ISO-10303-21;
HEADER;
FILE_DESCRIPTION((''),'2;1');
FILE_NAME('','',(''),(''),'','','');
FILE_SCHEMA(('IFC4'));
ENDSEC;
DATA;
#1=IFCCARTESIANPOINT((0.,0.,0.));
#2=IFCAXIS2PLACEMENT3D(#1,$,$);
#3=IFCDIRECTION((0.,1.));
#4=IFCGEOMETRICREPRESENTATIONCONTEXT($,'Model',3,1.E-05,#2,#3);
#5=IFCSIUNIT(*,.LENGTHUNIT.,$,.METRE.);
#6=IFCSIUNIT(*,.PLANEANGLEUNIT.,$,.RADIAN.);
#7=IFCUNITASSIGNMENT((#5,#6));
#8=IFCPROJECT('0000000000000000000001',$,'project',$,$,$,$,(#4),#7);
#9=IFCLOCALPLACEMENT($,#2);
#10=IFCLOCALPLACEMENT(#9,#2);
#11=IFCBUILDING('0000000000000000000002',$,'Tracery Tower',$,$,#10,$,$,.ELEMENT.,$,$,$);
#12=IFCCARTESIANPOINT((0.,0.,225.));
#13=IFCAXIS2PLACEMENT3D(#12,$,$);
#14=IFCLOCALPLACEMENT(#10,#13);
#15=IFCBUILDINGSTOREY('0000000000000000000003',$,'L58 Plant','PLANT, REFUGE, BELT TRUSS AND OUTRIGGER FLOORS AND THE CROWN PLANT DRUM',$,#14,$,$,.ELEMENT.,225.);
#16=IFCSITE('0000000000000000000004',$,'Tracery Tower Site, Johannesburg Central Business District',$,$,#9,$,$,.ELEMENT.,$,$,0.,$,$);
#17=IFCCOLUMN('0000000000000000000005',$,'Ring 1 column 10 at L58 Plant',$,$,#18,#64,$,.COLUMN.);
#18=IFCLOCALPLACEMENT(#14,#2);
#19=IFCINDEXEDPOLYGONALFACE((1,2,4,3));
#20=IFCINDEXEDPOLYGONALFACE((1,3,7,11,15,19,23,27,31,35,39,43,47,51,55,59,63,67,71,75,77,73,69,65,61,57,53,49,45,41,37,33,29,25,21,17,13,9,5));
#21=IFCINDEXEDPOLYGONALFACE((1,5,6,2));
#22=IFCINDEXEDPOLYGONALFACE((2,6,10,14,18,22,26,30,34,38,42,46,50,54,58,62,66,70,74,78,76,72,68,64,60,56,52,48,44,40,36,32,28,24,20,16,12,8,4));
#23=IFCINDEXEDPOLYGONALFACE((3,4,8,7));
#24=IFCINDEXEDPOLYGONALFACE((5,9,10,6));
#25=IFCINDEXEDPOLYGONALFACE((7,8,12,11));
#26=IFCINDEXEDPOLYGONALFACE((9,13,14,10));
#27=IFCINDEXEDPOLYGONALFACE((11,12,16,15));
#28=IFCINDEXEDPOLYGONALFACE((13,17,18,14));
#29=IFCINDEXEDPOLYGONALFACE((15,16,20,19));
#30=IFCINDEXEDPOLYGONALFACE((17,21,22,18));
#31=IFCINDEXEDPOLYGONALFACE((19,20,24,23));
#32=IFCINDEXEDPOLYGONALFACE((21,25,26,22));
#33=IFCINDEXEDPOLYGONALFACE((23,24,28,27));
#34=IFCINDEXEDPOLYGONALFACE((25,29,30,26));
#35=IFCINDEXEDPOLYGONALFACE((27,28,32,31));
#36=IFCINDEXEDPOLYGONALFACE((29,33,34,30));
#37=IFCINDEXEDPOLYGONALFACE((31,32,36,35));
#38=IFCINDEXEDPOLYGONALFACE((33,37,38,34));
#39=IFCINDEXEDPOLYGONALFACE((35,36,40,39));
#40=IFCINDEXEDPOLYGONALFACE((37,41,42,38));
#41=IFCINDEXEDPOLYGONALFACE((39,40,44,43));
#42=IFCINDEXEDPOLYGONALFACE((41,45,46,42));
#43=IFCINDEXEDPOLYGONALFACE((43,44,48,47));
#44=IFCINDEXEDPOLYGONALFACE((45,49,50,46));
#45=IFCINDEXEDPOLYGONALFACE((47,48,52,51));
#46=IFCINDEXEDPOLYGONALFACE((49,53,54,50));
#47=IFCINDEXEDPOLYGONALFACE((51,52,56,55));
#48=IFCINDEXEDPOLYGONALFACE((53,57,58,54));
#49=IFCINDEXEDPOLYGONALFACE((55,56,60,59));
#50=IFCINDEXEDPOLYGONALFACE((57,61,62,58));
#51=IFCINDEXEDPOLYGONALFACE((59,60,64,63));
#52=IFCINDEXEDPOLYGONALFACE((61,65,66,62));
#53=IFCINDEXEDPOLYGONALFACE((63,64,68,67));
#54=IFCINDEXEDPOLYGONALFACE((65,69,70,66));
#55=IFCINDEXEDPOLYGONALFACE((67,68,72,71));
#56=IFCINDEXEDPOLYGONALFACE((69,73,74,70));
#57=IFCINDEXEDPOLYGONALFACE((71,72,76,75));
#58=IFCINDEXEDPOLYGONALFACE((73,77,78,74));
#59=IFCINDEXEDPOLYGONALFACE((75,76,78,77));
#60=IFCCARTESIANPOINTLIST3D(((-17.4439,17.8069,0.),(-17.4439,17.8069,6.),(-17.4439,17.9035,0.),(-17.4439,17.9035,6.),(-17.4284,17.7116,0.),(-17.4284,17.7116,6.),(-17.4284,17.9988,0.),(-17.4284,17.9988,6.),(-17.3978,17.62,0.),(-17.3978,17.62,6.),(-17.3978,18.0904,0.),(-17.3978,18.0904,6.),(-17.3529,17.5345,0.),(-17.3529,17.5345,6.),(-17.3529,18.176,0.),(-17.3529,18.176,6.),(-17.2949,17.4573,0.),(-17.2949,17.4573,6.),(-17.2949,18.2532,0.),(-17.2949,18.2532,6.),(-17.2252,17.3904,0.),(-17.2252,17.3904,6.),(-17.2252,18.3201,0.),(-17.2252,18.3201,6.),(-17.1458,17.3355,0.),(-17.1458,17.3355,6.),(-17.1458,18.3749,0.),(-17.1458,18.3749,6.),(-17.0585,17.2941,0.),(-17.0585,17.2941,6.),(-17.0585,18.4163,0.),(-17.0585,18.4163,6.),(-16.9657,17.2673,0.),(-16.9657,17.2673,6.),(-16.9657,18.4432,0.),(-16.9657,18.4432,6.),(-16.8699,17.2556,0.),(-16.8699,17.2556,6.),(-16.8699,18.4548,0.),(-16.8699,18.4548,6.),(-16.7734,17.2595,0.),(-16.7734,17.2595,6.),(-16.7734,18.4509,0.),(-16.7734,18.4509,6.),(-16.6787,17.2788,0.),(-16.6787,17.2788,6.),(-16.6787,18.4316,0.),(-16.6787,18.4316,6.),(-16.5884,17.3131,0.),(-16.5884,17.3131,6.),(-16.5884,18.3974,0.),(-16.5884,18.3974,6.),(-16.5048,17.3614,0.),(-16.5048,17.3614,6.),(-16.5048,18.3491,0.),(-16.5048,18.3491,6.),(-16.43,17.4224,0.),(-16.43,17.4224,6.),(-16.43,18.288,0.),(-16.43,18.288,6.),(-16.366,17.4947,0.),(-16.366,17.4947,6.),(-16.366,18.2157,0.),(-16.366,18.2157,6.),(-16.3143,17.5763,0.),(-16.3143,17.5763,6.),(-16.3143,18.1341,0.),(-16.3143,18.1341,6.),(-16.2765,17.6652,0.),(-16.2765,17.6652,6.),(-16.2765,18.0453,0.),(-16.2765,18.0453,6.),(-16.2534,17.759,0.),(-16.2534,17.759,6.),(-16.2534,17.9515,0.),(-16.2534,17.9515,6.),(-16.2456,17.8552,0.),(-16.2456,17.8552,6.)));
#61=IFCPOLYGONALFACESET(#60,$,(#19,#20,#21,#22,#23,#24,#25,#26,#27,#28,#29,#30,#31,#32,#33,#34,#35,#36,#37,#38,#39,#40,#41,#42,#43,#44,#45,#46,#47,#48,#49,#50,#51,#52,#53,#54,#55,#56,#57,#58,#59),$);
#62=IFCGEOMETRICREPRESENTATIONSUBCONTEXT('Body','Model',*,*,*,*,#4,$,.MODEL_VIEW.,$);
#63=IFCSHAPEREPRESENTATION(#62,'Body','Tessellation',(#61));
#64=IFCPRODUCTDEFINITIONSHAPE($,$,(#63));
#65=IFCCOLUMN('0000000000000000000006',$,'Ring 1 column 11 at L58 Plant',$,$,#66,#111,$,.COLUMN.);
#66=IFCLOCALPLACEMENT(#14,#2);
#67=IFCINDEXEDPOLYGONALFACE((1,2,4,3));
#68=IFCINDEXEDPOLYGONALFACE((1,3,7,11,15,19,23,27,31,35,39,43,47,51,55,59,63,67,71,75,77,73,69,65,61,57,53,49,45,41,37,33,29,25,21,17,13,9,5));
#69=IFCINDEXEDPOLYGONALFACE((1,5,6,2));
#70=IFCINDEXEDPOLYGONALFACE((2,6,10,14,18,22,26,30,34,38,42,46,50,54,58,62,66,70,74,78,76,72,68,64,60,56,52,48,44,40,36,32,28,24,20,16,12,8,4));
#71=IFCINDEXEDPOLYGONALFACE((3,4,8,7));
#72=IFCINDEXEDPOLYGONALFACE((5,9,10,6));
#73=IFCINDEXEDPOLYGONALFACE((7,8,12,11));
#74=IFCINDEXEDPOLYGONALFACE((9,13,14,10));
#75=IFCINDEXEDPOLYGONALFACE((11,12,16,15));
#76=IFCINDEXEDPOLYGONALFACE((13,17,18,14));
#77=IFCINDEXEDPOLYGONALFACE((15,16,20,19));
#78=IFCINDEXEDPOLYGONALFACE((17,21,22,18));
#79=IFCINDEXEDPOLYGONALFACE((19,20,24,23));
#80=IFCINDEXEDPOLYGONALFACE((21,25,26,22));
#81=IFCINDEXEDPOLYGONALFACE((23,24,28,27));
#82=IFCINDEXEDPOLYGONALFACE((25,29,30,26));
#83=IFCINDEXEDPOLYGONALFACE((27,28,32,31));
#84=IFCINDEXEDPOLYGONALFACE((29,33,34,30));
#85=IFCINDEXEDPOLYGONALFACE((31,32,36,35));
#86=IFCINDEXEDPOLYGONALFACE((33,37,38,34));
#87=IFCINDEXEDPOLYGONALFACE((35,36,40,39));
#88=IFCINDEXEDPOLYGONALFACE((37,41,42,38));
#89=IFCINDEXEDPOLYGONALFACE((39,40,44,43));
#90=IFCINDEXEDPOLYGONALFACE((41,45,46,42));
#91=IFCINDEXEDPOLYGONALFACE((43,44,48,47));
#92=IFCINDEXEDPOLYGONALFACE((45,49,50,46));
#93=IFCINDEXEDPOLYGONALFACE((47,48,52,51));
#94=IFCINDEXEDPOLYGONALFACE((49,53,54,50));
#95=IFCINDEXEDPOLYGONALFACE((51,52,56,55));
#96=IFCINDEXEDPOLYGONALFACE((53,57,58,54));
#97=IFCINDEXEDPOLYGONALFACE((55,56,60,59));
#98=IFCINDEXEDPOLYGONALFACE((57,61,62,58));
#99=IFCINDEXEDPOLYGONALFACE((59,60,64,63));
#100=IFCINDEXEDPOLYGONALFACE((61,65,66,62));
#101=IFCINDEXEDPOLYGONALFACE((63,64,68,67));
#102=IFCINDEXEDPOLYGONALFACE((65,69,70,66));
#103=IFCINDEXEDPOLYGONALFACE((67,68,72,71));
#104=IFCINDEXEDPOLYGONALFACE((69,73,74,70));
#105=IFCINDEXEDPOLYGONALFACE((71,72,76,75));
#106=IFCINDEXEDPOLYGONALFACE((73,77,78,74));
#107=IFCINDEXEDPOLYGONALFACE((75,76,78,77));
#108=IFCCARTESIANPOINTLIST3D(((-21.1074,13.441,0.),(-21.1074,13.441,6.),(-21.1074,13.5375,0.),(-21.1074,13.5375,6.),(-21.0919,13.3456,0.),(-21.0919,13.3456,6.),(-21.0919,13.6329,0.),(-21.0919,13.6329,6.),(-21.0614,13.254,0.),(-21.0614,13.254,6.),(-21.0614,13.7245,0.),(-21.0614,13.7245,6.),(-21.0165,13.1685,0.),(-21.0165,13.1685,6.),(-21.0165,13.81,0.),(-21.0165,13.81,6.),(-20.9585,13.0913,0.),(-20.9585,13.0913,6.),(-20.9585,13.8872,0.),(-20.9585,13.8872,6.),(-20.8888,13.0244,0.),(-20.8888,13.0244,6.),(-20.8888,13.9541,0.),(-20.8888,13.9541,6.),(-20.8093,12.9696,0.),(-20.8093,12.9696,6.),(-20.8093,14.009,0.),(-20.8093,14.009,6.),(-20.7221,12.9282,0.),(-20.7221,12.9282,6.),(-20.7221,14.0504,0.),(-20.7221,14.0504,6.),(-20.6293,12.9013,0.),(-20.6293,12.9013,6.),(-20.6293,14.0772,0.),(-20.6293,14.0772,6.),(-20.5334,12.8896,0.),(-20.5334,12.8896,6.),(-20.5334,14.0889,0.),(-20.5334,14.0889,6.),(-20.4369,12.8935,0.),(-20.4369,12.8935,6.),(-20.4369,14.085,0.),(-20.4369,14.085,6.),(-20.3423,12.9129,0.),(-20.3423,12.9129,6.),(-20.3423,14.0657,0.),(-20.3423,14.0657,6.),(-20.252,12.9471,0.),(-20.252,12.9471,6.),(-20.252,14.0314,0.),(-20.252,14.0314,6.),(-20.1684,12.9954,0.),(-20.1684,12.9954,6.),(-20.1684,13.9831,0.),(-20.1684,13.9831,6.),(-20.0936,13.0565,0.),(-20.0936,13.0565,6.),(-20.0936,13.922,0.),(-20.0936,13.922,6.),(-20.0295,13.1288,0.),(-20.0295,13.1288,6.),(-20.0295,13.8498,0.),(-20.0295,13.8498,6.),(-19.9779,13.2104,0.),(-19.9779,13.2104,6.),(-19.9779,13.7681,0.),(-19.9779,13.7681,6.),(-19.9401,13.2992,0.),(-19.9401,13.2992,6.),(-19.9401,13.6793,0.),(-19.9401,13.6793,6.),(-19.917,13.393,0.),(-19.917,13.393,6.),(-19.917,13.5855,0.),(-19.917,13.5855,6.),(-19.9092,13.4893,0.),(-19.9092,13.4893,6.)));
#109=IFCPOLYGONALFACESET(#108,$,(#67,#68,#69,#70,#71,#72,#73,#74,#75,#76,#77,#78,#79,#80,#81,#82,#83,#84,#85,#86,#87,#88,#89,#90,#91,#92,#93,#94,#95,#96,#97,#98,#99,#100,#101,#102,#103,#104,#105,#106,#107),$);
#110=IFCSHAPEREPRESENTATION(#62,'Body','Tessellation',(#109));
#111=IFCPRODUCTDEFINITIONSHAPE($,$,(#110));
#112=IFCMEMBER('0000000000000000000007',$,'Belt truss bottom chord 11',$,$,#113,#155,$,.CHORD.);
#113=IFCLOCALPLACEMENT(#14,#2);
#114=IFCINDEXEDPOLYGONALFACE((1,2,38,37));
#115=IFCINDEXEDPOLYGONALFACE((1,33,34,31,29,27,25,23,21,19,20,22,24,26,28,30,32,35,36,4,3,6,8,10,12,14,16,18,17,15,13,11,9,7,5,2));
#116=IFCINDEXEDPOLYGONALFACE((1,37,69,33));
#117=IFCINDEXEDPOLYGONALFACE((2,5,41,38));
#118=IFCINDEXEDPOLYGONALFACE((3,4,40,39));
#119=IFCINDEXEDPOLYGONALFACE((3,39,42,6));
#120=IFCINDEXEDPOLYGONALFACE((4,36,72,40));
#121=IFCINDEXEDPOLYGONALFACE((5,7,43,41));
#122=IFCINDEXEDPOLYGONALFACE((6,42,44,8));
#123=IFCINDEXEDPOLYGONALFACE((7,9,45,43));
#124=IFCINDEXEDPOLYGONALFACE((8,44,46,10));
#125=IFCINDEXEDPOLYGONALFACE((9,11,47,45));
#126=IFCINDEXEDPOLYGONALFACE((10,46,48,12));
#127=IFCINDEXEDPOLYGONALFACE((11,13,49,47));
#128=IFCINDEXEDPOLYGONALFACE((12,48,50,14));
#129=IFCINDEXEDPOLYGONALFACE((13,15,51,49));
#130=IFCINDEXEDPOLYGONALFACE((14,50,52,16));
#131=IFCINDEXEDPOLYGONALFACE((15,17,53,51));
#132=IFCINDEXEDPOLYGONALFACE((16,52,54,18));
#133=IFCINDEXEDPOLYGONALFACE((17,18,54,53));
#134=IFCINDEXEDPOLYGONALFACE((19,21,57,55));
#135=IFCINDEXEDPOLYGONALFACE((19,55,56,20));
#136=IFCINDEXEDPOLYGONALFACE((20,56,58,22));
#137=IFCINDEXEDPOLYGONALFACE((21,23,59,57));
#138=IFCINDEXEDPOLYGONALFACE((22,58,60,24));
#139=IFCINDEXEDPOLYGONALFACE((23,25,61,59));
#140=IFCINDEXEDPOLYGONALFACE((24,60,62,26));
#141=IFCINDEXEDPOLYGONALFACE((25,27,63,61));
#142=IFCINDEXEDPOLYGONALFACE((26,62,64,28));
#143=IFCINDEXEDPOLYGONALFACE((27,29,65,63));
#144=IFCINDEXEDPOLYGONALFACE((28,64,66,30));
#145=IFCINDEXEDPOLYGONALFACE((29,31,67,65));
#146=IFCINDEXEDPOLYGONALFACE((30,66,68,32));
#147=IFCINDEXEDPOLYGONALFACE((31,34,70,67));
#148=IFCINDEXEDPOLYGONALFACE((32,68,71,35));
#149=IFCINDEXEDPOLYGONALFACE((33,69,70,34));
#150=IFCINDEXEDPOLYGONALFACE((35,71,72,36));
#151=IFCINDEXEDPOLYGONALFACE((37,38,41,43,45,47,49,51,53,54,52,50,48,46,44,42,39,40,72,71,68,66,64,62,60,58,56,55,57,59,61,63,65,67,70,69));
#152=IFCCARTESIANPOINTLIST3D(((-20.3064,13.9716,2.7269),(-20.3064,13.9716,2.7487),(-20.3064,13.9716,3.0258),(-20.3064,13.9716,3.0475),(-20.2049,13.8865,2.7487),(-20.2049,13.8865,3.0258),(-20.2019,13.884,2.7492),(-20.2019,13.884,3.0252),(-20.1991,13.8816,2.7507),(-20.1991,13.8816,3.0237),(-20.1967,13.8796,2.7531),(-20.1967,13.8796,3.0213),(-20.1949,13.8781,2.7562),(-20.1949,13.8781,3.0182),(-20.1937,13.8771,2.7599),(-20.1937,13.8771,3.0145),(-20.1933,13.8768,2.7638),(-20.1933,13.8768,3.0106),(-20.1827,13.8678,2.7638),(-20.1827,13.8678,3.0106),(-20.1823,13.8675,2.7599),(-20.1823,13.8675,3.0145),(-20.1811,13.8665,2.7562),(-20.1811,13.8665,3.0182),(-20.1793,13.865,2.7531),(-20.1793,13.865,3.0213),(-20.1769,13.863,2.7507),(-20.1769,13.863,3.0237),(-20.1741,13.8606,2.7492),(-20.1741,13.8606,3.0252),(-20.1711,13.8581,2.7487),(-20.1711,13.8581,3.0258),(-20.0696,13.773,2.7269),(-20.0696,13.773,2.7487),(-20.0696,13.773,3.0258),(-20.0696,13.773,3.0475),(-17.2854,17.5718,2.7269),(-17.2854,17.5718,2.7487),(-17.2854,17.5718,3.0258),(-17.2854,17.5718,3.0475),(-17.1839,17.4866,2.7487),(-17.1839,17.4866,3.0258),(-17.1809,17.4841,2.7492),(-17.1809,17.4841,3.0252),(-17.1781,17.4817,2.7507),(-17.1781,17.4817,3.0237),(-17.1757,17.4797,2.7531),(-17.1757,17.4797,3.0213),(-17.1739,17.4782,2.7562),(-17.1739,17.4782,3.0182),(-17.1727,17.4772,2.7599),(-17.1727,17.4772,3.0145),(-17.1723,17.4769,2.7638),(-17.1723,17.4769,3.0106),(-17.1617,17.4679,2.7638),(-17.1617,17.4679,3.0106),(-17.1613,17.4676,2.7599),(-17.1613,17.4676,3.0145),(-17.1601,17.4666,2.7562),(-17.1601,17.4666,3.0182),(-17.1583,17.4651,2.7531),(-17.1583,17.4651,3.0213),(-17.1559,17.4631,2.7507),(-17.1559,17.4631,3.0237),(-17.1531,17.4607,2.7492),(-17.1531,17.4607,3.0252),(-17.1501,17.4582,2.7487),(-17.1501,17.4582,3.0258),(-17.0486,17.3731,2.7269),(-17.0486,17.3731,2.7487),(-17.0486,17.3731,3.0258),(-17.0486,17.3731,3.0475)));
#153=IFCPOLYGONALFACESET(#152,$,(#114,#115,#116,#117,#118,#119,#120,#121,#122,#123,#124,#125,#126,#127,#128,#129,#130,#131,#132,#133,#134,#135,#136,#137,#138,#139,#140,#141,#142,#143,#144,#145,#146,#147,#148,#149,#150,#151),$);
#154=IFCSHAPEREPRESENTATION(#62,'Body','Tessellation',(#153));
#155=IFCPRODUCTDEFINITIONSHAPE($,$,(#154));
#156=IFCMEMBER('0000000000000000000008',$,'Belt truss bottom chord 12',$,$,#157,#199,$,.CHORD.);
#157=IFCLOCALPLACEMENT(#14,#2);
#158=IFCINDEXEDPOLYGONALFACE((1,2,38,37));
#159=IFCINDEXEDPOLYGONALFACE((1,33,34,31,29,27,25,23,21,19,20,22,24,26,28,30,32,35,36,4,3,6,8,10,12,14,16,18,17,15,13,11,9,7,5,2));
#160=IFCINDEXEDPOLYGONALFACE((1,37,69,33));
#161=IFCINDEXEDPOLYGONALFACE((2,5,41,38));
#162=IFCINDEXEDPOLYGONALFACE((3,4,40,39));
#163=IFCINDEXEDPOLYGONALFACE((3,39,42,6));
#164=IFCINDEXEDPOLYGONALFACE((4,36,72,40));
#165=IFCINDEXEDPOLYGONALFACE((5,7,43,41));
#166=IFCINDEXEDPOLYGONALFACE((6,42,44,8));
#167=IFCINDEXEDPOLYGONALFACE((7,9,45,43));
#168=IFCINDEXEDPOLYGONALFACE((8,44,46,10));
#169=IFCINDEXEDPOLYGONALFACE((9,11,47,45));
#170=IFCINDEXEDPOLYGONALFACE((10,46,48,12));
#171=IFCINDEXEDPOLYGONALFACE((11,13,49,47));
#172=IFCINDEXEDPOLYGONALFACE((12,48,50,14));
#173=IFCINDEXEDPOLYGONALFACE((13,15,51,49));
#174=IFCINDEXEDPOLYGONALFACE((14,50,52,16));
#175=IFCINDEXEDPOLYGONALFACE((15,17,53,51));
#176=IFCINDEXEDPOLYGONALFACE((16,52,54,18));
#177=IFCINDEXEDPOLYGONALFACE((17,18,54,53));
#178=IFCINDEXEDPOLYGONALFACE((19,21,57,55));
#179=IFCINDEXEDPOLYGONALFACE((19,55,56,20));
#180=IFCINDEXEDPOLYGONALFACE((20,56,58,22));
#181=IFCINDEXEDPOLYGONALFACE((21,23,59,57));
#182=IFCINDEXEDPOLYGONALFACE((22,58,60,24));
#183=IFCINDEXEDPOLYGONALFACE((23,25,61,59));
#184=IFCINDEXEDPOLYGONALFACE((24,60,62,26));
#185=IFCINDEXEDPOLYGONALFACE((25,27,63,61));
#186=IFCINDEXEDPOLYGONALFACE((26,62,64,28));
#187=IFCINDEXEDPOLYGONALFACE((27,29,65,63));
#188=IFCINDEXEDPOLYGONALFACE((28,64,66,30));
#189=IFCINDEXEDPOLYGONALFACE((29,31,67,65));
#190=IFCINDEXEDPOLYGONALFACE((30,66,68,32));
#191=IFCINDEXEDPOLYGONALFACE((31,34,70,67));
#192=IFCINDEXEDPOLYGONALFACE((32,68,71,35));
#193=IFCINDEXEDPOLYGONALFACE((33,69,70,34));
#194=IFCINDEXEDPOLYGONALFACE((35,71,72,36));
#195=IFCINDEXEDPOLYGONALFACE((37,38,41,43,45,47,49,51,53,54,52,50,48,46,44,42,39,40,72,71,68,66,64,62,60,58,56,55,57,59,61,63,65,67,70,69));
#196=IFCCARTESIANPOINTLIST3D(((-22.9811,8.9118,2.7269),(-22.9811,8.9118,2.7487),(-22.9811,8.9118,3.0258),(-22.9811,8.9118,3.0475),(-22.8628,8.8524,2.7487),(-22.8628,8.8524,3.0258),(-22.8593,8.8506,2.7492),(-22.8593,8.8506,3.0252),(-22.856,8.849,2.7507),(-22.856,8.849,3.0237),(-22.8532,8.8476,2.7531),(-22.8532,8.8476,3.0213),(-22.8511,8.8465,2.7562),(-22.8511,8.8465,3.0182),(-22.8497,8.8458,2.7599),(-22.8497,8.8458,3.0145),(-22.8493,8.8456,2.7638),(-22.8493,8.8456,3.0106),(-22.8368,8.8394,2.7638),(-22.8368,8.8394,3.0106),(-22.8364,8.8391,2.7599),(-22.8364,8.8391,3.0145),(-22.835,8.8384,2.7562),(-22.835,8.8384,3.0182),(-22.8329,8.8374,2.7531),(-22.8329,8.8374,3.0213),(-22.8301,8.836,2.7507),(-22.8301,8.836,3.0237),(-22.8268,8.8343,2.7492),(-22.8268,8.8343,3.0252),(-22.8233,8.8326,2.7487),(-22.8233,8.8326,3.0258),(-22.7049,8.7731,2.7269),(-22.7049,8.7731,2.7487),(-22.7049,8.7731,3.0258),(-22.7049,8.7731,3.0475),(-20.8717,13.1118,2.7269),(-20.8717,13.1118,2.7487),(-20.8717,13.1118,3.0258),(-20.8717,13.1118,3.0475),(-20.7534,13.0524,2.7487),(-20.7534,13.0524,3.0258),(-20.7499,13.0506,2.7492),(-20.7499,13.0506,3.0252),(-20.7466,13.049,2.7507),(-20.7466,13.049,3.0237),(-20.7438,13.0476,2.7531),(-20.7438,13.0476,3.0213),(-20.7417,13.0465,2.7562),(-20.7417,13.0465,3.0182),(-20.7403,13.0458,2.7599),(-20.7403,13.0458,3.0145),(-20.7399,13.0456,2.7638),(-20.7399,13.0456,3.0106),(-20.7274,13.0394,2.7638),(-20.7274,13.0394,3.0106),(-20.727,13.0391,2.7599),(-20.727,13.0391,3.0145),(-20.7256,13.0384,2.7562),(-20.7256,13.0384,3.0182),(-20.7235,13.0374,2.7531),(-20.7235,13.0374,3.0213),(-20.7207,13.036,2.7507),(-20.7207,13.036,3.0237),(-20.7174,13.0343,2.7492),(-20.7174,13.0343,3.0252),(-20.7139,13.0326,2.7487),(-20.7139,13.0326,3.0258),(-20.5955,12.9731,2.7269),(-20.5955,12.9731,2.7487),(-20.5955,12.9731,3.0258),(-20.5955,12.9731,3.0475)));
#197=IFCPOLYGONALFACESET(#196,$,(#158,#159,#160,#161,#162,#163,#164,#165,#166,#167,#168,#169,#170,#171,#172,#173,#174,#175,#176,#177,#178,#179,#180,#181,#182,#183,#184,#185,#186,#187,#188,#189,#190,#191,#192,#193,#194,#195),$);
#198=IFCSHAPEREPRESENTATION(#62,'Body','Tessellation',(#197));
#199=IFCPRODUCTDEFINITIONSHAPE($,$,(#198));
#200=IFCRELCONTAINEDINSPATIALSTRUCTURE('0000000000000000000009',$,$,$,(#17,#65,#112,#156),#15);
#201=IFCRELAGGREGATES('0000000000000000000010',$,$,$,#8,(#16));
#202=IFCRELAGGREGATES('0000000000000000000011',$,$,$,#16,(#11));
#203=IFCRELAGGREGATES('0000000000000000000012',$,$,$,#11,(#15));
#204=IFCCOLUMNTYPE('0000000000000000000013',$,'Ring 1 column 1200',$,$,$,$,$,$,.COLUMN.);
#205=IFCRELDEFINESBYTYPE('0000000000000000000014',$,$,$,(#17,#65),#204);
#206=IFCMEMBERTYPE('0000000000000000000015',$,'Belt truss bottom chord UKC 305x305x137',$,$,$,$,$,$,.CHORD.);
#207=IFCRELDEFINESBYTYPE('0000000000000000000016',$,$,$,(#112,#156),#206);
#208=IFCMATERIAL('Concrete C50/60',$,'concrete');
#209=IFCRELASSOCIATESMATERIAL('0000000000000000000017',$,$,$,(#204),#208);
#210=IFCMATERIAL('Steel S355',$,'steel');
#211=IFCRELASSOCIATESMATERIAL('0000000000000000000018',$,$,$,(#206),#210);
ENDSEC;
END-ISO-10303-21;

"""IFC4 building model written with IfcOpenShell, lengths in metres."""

from ifc_helpers import new_model, si_unit, direction, frame, origin, origin_2d, place, context, subcontext, project, spatial, circle, i_section, extrude, material, material_profile, profile_set, type_object, element, save


model = new_model("IFC4")

# Units and contexts
model_context = context("Model", 3, precision=1e-05, world=origin(), true_north=direction((0.0, 1.0)))
body_context = subcontext(model_context, "Body", "Model", "MODEL_VIEW")
ifc_project = project(units=[si_unit("LENGTHUNIT", "METRE"), si_unit("PLANEANGLEUNIT", "RADIAN")], contexts=[model_context])

# Site, building, storey
site_placement = place(None, origin())
site = spatial("IfcSite", under=ifc_project, at=site_placement, Name="Tracery Tower Site, Johannesburg Central Business District", CompositionType="ELEMENT", RefElevation=0.0)
building_placement = place(site_placement, origin())
building = spatial("IfcBuilding", under=site, at=building_placement, Name="Tracery Tower", CompositionType="ELEMENT")
storey_placement = place(building_placement, frame((0.0, 0.0, 225.0)))
storey = spatial("IfcBuildingStorey", under=building, at=storey_placement, Name="L58 Plant", Description="PLANT, REFUGE, BELT TRUSS AND OUTRIGGER FLOORS AND THE CROWN PLANT DRUM", CompositionType="ELEMENT", Elevation=225.0)

# Columns
ifc_material_1 = material(Name="Concrete C50/60", Category="concrete")
ifc_material_profile_1 = material_profile(ifc_material_1, circle(Radius=0.6001, at=origin_2d()), Name="RC D1200")
ifc_profile_set_1 = profile_set([ifc_material_profile_1], Name="Concrete C50/60")
column_type = type_object("IfcColumnType", Name="Ring 1 column 1200", PredefinedType="COLUMN", material=ifc_profile_set_1)
for number, where, z_axis, x_axis, name in (
    (1, (-16.8457, 17.8552, 0.0), (0.0, 0.0, 1.0), (1.0, 0.0, 0.0), "Ring 1 column 10 at L58 Plant"),
    (2, (-20.5093, 13.4893, 0.0), (0.0, 0.0, 1.0), (1.0, 0.0, 0.0), "Ring 1 column 11 at L58 Plant"),
):
    element("IfcColumn", number, at=place(storey_placement, frame(where, z_axis=z_axis, x_axis=x_axis)), inside=storey, type_object=column_type, Name=name, PredefinedType="COLUMN", context=body_context, shape_type="SweptSolid", body=[
        extrude(circle(Radius=0.6001, at=origin_2d()), origin(), (0.0, 0.0, 1.0), 6.0),
    ])

# Members
ifc_material_2 = material(Name="Steel S355", Category="steel")
ifc_material_profile_2 = material_profile(ifc_material_2, i_section(OverallWidth=0.3091, OverallDepth=0.3206, WebThickness=0.0139, FlangeThickness=0.0217, FilletRadius=0.0151, at=origin_2d()), Name="UKC 305x305x137")
ifc_profile_set_2 = profile_set([ifc_material_profile_2], Name="Steel S355")
member_type_1 = type_object("IfcMemberType", Name="Belt truss bottom chord UKC 305x305x137", PredefinedType="CHORD", material=ifc_profile_set_2)
member_1_placement = place(storey_placement, frame((-17.167, 17.4724, 2.8872), z_axis=(-0.642807, -0.766028, 0.0), x_axis=(0.766028, -0.642807, 0.0)))
element("IfcMember", 3, at=member_1_placement, inside=storey, type_object=member_type_1, Name="Belt truss bottom chord 11", PredefinedType="CHORD", context=body_context, shape_type="SweptSolid", body=[
    extrude(i_section(OverallWidth=0.3091, OverallDepth=0.3206, WebThickness=0.0139, FlangeThickness=0.0217, FilletRadius=0.0151, at=origin_2d()), origin(), (0.0, 0.0, 1.0), 4.6997),
])
member_2_placement = place(storey_placement, frame((-20.7336, 13.0425, 2.8872), z_axis=(-0.448813, -0.893626, 0.0), x_axis=(0.893626, -0.448813, 0.0)))
element("IfcMember", 4, at=member_2_placement, inside=storey, type_object=member_type_1, Name="Belt truss bottom chord 12", PredefinedType="CHORD", context=body_context, shape_type="SweptSolid", body=[
    extrude(i_section(OverallWidth=0.3091, OverallDepth=0.3206, WebThickness=0.0139, FlangeThickness=0.0217, FilletRadius=0.0151, at=origin_2d()), origin(), (0.0, 0.0, 1.0), 4.7),
])

save(model, "model.ifc")
